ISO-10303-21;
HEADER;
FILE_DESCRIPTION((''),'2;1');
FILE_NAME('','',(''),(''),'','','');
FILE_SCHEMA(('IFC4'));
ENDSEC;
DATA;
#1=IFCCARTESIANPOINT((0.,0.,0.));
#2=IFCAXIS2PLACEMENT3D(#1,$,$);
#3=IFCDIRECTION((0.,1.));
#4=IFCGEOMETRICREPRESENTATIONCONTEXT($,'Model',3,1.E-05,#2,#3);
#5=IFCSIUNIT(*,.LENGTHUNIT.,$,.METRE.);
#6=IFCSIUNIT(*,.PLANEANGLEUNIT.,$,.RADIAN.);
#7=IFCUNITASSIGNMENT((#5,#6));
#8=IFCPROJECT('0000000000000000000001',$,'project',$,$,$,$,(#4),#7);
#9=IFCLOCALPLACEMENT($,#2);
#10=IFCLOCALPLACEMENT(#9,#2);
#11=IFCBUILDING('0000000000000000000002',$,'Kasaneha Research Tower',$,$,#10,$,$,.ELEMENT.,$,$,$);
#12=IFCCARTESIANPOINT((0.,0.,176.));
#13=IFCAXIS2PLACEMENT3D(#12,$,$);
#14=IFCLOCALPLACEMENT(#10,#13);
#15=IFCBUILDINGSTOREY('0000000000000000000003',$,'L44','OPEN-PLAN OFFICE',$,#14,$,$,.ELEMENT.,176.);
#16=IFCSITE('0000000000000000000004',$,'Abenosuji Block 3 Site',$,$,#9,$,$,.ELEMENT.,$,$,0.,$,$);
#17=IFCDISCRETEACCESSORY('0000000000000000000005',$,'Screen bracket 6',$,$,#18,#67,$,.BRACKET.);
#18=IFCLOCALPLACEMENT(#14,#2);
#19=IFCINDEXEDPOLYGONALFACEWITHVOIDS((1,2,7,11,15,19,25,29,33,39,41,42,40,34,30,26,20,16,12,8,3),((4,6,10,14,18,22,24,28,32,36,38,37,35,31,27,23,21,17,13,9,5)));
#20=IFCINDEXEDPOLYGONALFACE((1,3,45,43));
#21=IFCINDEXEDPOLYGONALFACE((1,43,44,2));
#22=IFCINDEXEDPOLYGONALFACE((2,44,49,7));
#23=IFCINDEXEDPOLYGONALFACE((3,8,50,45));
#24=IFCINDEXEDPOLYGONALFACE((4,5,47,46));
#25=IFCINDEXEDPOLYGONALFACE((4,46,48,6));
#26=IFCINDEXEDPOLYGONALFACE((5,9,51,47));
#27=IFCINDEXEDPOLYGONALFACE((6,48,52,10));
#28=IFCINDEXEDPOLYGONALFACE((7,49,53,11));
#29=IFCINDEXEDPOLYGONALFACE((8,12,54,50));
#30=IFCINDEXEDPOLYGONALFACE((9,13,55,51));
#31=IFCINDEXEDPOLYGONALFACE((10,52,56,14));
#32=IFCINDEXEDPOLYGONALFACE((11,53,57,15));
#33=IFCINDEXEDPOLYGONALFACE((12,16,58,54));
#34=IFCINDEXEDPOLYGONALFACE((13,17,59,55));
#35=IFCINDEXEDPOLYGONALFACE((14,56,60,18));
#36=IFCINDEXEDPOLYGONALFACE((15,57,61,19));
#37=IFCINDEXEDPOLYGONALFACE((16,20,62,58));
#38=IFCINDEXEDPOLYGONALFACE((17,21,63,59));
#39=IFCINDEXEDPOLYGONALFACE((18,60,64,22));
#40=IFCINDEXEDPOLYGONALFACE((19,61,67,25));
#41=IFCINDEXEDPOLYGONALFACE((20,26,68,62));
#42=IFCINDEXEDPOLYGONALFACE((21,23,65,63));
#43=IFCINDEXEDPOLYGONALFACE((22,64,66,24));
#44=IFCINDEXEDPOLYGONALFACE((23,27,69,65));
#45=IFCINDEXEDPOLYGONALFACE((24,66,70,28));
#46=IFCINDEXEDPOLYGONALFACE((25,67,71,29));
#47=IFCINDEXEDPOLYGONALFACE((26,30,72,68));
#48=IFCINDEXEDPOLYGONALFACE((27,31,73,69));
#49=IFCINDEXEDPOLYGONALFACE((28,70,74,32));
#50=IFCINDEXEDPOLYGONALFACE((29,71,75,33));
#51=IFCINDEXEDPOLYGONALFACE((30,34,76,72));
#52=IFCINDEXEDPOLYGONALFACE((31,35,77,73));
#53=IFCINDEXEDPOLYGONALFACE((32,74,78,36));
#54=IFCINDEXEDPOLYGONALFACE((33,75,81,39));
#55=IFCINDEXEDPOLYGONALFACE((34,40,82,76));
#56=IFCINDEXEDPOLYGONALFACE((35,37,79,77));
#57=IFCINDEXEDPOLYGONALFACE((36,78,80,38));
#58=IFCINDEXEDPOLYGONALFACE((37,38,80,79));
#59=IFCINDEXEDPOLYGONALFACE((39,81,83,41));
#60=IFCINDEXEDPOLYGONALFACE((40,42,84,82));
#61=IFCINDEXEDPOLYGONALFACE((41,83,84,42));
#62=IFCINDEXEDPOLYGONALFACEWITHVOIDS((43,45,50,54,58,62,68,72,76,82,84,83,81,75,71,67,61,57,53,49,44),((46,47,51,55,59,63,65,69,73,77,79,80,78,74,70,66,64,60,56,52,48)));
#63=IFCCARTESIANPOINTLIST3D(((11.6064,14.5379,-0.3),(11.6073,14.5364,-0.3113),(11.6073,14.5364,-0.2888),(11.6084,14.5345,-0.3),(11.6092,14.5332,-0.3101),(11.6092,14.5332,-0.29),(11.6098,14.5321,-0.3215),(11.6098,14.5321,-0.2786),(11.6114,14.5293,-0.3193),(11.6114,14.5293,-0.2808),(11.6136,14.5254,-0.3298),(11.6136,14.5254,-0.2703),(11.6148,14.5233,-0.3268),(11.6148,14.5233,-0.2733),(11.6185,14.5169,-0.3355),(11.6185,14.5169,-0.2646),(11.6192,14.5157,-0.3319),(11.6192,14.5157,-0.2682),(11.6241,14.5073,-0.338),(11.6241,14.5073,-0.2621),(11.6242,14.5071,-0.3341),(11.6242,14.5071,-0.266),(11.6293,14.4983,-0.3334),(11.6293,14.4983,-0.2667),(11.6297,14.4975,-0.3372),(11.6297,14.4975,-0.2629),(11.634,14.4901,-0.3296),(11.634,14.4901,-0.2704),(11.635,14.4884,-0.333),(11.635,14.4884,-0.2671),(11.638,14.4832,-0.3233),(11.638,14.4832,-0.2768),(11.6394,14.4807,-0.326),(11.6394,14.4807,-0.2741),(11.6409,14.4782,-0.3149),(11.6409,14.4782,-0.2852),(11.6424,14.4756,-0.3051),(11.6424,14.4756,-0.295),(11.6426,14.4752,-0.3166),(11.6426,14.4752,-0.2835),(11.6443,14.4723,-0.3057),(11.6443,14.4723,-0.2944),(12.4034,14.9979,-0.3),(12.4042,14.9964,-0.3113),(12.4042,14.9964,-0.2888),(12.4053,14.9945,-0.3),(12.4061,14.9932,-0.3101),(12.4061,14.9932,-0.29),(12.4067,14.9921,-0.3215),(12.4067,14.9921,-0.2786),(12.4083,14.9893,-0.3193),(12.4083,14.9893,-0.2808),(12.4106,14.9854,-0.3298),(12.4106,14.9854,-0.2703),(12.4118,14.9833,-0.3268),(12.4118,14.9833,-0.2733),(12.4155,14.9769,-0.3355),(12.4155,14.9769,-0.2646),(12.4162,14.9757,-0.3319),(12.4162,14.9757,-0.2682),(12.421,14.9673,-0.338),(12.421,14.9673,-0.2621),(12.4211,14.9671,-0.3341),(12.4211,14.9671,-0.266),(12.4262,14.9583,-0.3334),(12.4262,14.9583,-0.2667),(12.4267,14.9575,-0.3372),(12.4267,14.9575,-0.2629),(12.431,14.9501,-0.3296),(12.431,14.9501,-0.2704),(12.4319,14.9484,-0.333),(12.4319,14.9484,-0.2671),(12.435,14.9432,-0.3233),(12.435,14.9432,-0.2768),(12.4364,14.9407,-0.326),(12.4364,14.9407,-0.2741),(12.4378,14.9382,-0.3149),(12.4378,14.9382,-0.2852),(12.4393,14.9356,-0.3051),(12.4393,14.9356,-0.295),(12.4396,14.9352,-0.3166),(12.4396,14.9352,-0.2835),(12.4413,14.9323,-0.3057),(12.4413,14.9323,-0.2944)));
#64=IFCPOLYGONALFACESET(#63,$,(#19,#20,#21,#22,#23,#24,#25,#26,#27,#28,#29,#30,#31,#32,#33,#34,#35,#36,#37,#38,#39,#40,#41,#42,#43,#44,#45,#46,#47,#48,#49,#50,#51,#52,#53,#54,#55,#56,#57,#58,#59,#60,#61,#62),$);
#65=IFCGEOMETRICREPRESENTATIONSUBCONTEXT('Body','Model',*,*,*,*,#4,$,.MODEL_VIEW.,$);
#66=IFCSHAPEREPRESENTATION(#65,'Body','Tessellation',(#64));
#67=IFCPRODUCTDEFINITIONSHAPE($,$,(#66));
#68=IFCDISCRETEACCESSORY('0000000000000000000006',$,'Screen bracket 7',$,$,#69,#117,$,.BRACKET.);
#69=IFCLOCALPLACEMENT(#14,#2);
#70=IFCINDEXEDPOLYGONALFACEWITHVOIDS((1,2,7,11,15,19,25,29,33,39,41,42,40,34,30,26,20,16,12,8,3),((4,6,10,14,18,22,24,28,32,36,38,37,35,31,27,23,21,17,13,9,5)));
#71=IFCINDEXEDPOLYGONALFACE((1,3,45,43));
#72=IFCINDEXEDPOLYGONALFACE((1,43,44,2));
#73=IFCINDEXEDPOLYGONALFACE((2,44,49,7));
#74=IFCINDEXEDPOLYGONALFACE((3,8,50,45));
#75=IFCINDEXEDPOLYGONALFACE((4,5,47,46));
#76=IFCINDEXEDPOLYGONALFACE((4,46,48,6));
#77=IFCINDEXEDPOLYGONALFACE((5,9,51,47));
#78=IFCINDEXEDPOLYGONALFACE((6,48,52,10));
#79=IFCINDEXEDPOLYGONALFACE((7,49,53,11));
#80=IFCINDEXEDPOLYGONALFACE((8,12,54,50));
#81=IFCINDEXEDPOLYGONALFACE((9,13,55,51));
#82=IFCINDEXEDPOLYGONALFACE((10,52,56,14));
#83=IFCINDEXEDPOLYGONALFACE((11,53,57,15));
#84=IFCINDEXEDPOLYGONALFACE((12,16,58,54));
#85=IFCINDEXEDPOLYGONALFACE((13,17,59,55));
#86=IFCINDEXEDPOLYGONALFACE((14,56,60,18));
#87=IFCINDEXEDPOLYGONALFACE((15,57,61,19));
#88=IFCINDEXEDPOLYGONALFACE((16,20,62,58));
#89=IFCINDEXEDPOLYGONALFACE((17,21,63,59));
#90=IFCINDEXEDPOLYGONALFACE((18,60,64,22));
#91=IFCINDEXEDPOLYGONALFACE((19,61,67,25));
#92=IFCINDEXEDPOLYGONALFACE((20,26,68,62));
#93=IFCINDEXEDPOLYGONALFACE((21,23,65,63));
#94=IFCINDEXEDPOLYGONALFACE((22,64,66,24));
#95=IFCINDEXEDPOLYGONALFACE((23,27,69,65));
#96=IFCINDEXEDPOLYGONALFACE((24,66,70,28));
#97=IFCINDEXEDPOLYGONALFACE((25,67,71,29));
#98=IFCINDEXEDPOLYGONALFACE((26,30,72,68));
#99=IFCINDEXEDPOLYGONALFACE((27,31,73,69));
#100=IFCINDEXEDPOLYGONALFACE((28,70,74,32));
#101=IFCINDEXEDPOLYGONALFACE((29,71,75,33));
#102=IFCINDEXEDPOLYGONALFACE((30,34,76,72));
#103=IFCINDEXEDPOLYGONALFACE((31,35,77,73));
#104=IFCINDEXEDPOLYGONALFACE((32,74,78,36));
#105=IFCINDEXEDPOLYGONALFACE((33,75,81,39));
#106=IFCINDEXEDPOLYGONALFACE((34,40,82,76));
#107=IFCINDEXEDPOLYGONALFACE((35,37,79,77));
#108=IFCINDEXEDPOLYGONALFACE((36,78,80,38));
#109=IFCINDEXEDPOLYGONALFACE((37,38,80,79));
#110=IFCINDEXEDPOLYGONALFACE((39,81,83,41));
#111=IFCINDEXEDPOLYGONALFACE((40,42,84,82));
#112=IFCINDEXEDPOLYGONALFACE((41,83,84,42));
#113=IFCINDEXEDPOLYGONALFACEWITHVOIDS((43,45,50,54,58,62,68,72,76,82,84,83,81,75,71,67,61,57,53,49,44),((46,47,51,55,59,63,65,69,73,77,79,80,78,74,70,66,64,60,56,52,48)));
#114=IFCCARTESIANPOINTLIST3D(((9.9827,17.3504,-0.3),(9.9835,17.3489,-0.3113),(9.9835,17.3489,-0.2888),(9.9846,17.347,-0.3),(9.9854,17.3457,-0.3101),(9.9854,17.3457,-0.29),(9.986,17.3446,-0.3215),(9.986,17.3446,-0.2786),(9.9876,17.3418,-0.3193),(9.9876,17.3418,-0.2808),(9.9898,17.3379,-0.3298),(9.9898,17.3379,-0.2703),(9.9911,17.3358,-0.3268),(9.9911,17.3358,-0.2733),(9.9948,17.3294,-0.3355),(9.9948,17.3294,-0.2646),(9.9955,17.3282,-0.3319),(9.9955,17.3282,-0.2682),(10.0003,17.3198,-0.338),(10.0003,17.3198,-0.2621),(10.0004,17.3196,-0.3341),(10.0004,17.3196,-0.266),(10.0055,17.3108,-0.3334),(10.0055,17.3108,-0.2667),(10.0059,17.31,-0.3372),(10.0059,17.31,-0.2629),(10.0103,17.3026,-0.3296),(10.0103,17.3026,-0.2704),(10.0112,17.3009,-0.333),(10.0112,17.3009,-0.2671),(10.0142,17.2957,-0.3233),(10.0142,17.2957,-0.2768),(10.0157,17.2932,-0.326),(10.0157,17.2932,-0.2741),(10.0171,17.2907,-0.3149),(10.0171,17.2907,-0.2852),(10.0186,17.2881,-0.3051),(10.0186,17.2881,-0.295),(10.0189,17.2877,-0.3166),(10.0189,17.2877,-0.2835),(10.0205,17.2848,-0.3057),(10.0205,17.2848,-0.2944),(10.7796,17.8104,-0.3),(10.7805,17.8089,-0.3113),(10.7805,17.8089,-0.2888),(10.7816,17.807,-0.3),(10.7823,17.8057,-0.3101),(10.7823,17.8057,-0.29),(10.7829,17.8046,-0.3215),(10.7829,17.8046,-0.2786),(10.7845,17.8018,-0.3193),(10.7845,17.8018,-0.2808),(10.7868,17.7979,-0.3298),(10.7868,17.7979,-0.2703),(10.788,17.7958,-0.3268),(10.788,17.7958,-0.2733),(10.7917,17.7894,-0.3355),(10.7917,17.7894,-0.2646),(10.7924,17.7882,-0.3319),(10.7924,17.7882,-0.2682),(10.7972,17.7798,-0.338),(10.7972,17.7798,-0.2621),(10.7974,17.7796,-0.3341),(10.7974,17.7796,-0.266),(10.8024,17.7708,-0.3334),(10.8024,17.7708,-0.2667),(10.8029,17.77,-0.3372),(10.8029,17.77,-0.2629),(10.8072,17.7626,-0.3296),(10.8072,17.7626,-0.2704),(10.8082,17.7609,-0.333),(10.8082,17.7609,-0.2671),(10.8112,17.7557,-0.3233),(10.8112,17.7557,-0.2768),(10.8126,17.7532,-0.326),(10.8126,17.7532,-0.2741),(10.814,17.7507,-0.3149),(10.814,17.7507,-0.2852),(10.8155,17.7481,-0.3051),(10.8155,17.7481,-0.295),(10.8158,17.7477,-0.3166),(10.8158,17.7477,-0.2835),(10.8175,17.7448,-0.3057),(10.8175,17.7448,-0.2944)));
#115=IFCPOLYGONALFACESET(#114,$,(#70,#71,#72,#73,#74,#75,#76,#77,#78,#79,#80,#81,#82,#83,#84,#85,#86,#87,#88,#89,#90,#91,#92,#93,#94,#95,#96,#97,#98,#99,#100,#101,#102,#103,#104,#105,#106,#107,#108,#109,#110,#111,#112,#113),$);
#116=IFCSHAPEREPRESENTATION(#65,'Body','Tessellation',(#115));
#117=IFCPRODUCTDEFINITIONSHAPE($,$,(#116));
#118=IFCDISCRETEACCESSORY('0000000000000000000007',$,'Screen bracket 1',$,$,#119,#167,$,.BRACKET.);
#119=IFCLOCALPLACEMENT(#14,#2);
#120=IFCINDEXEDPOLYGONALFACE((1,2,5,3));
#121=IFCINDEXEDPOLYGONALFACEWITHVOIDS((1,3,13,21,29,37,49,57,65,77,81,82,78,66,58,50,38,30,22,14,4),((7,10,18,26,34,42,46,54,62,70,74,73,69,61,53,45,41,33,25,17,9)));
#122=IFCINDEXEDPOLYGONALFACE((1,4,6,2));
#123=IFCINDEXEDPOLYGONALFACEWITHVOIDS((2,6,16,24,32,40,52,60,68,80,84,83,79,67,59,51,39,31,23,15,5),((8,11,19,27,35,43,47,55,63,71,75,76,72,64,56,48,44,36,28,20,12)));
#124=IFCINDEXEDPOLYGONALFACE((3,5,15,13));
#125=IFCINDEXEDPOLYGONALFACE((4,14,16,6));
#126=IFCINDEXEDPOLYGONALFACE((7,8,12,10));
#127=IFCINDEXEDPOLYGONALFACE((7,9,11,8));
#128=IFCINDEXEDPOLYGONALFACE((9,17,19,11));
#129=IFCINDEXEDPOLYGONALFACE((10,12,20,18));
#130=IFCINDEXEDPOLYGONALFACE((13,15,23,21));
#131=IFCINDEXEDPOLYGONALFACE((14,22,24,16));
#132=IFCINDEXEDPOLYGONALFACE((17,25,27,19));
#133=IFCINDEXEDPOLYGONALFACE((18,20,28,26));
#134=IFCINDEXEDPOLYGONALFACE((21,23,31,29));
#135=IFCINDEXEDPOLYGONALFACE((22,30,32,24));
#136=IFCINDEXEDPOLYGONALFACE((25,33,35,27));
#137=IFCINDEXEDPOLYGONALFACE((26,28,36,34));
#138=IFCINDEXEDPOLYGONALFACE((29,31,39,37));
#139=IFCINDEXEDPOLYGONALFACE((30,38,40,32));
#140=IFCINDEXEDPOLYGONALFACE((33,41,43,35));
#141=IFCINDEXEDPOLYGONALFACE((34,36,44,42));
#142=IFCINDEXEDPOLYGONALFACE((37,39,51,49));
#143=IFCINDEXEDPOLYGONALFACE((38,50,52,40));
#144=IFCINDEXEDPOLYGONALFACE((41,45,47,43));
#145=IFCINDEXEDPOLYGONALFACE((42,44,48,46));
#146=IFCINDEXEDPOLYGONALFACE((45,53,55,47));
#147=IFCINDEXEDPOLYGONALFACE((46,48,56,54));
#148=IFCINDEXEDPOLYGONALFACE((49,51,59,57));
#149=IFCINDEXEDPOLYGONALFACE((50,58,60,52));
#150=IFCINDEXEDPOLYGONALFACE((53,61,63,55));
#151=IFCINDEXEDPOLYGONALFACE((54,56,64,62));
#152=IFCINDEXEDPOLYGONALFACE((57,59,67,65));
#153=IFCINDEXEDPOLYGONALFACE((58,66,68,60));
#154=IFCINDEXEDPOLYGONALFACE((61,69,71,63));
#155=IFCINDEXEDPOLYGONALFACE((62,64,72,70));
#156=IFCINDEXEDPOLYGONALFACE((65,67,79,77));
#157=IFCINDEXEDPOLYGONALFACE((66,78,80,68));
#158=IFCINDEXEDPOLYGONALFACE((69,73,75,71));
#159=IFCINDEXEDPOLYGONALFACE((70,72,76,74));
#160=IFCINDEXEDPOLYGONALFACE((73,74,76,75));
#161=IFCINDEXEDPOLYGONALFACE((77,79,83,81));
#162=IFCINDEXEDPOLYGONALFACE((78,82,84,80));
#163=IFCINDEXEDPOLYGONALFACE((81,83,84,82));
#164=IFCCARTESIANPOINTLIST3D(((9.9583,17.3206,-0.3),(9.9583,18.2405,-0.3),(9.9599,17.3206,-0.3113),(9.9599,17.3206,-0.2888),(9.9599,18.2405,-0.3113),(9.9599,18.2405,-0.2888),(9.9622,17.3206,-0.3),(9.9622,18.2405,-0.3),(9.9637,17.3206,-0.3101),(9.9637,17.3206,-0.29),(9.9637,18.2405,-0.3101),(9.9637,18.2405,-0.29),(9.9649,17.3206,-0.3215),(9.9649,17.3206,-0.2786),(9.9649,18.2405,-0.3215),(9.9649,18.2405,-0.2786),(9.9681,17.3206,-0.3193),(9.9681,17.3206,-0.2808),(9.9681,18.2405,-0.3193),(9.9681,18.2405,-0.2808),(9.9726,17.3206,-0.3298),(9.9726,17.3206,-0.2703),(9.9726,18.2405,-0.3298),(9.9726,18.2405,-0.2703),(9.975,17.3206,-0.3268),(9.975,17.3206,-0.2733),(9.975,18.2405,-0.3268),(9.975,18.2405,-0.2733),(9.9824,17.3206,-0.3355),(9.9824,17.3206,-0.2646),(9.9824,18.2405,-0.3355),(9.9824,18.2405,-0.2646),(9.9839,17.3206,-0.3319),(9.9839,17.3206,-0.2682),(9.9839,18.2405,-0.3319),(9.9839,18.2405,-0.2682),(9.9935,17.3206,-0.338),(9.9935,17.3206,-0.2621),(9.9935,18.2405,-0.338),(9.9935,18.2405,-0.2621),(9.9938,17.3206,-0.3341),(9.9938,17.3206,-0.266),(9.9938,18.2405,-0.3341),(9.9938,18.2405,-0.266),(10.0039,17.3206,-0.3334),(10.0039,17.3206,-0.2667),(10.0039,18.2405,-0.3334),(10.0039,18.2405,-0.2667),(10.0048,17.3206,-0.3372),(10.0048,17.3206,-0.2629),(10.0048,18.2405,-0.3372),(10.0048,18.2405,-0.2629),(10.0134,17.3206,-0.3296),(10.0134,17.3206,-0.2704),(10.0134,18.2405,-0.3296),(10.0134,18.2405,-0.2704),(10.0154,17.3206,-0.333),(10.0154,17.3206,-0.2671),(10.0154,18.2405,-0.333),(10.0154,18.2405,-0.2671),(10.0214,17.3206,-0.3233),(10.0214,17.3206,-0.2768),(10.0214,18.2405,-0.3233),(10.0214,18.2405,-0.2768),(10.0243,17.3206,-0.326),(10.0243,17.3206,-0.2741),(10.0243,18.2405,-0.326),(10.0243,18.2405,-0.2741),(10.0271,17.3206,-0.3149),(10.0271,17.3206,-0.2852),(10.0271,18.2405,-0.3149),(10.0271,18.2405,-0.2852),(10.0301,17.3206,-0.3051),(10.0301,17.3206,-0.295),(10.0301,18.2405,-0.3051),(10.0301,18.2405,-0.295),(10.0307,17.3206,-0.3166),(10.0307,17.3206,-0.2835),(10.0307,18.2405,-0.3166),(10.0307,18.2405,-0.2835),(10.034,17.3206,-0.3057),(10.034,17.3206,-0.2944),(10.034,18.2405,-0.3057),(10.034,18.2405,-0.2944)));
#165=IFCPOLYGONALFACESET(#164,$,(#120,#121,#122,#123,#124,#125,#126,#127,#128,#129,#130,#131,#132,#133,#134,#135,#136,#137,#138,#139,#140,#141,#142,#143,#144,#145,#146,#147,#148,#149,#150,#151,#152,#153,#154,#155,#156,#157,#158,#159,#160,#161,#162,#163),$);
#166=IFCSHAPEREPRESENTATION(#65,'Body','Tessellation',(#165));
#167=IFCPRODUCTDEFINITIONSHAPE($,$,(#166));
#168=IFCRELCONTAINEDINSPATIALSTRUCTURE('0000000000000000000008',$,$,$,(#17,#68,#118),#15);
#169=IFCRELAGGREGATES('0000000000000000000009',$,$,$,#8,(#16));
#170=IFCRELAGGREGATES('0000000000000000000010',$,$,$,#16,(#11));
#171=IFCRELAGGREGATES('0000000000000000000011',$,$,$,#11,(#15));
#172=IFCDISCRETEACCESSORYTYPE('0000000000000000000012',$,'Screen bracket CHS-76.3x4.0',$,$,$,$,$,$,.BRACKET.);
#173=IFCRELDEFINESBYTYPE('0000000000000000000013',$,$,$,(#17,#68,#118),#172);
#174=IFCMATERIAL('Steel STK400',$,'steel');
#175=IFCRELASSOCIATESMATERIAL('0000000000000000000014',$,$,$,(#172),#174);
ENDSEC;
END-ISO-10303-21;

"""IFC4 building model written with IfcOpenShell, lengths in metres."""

from ifc_helpers import new_model, si_unit, direction, frame, origin, origin_2d, place, context, subcontext, project, spatial, hollow_circle, extrude, material, material_profile, profile_set, type_object, element, save


model = new_model("IFC4")

# Units and contexts
model_context = context("Model", 3, precision=1e-05, world=origin(), true_north=direction((0.0, 1.0)))
body_context = subcontext(model_context, "Body", "Model", "MODEL_VIEW")
ifc_project = project(units=[si_unit("LENGTHUNIT", "METRE"), si_unit("PLANEANGLEUNIT", "RADIAN")], contexts=[model_context])

# Site, building, storey
site_placement = place(None, origin())
site = spatial("IfcSite", under=ifc_project, at=site_placement, Name="Abenosuji Block 3 Site", CompositionType="ELEMENT", RefElevation=0.0)
building_placement = place(site_placement, origin())
building = spatial("IfcBuilding", under=site, at=building_placement, Name="Kasaneha Research Tower", CompositionType="ELEMENT")
storey_placement = place(building_placement, frame((0.0, 0.0, 176.0)))
storey = spatial("IfcBuildingStorey", under=building, at=storey_placement, Name="L44", Description="OPEN-PLAN OFFICE", CompositionType="ELEMENT", Elevation=176.0)

# Discrete accessories
ifc_material_1 = material(Name="Steel STK400", Category="steel")
ifc_material_profile_1 = material_profile(ifc_material_1, hollow_circle(Radius=0.0381, WallThickness=0.0039, at=origin_2d()), Name="CHS-76.3x4.0")
ifc_profile_set_1 = profile_set([ifc_material_profile_1], Name="Steel STK400")
discrete_accessory_type = type_object("IfcDiscreteAccessoryType", Name="Screen bracket CHS-76.3x4.0", PredefinedType="BRACKET", material=ifc_profile_set_1)
for number, where, z_axis, x_axis, name in (
    (1, (11.6255, 14.5049, -0.3), (0.86608, 0.499906, 0.0), (-0.499906, 0.86608, 0.0), "Screen bracket 6"),
    (2, (10.0017, 17.3174, -0.3), (0.86608, 0.499906, 0.0), (-0.499906, 0.86608, 0.0), "Screen bracket 7"),
):
    element("IfcDiscreteAccessory", number, at=place(storey_placement, frame(where, z_axis=z_axis, x_axis=x_axis)), inside=storey, type_object=discrete_accessory_type, Name=name, PredefinedType="BRACKET", context=body_context, shape_type="SweptSolid", body=[
        extrude(hollow_circle(Radius=0.0381, WallThickness=0.0039, at=origin_2d()), origin(), (0.0, 0.0, 1.0), 0.9202),
    ])
discrete_accessory_placement = place(storey_placement, frame((9.9963, 17.3206, -0.3), z_axis=(0.0, 1.0, 0.0), x_axis=(-1.0, 0.0, 0.0)))
element("IfcDiscreteAccessory", 3, at=discrete_accessory_placement, inside=storey, type_object=discrete_accessory_type, Name="Screen bracket 1", PredefinedType="BRACKET", context=body_context, shape_type="SweptSolid", body=[
    extrude(hollow_circle(Radius=0.0381, WallThickness=0.0039, at=origin_2d()), origin(), (0.0, 0.0, 1.0), 0.9199),
])

save(model, "model.ifc")
